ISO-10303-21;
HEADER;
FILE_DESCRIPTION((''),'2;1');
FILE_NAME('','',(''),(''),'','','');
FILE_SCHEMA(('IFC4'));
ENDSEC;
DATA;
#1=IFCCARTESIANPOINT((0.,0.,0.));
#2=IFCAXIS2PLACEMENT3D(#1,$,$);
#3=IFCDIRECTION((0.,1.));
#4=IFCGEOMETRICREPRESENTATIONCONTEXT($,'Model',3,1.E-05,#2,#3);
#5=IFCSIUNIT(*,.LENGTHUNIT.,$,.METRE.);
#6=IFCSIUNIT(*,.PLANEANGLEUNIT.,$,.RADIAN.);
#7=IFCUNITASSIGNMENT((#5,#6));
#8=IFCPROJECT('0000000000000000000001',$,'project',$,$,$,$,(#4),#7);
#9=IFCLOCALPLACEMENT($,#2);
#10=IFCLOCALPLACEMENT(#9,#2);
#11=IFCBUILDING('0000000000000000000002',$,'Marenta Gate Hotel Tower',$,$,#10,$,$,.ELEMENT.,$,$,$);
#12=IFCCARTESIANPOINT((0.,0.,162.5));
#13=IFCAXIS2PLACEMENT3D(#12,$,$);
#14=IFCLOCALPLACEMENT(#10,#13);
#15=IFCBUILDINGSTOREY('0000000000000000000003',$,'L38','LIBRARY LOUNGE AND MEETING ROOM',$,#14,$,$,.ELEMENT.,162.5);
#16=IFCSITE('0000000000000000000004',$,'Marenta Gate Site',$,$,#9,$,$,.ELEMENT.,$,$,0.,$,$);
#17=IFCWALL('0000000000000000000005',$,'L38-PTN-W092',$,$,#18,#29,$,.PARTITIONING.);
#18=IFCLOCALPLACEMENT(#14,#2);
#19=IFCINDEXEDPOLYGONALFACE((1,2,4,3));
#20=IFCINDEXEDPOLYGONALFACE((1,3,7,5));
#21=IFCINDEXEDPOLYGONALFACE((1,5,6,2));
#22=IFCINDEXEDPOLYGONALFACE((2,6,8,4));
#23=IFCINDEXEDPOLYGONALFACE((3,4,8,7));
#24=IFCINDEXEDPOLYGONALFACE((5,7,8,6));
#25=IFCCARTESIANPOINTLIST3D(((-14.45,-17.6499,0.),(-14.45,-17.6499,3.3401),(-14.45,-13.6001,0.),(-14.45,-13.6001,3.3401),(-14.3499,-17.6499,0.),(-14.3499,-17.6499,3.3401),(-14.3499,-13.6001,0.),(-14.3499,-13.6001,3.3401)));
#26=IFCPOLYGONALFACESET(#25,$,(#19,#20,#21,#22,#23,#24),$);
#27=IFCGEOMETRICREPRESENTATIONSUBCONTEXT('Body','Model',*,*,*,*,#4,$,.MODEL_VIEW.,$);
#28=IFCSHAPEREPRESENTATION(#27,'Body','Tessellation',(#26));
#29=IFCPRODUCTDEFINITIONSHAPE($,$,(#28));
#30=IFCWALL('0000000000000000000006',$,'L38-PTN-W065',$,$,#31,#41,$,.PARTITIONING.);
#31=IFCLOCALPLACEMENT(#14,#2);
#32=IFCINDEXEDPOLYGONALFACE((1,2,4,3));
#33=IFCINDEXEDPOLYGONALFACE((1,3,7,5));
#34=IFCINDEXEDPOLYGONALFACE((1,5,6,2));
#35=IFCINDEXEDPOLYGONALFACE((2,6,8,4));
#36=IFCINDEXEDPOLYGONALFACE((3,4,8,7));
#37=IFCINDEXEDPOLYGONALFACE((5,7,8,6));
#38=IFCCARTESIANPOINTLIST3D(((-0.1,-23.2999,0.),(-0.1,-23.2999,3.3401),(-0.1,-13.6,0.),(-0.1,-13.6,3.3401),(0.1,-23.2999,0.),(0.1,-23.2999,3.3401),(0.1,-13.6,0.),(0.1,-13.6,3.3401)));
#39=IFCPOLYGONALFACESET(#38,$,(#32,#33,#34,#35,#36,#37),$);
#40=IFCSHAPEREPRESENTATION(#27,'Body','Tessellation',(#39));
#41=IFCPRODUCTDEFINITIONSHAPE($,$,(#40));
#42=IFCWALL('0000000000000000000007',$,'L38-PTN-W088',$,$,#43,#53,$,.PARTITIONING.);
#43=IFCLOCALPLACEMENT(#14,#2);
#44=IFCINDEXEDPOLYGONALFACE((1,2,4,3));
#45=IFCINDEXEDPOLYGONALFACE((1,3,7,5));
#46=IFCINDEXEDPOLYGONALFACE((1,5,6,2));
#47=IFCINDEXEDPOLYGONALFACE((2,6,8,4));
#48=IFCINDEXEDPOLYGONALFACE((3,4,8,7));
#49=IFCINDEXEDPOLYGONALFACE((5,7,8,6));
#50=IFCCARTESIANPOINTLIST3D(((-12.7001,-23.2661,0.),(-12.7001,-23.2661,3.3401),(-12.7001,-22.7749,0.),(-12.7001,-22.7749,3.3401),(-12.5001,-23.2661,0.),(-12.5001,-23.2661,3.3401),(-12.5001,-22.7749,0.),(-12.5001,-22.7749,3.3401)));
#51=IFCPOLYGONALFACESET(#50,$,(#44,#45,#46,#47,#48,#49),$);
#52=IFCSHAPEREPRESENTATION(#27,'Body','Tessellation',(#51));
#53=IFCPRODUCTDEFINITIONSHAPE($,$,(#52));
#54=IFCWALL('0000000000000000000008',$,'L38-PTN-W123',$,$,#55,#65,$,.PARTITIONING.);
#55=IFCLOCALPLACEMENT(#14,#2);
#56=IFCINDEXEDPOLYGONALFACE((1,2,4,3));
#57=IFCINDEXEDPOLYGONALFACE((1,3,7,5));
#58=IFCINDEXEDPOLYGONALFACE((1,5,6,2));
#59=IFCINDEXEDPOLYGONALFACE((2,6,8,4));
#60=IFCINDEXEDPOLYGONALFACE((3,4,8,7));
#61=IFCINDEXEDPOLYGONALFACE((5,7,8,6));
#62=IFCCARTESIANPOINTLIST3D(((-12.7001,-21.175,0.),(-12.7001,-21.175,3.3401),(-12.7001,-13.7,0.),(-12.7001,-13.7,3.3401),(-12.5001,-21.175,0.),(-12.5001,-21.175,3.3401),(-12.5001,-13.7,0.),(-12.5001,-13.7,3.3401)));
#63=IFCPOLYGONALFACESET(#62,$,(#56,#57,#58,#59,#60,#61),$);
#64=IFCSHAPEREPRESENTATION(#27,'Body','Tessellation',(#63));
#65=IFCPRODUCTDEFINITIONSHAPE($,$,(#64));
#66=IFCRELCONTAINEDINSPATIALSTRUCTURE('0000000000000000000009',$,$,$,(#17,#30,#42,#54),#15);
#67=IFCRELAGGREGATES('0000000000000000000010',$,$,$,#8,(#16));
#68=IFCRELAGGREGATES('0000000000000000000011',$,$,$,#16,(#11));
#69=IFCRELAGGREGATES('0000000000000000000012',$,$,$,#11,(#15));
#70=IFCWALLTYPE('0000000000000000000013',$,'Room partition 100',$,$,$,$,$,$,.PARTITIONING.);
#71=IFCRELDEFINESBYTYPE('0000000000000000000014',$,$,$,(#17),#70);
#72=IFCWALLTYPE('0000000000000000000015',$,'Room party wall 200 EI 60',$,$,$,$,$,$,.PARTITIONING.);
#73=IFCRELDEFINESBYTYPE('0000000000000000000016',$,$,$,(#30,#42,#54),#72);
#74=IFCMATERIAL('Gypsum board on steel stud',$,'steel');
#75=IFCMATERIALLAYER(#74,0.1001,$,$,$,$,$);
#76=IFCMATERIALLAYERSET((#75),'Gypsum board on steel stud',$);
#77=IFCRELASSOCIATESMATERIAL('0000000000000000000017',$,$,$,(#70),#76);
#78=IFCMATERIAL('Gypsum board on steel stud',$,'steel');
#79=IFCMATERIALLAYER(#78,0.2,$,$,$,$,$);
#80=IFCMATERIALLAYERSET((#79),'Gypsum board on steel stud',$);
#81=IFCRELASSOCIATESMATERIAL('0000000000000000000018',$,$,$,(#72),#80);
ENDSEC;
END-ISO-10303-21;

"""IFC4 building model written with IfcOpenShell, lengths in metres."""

from ifc_helpers import new_model, si_unit, direction, frame, frame_2d, origin, place, context, subcontext, project, spatial, rectangle, extrude, material, layer, layer_set, type_object, element, save


model = new_model("IFC4")

# Units and contexts
model_context = context("Model", 3, precision=1e-05, world=origin(), true_north=direction((0.0, 1.0)))
body_context = subcontext(model_context, "Body", "Model", "MODEL_VIEW")
ifc_project = project(units=[si_unit("LENGTHUNIT", "METRE"), si_unit("PLANEANGLEUNIT", "RADIAN")], contexts=[model_context])

# Site, building, storey
site_placement = place(None, origin())
site = spatial("IfcSite", under=ifc_project, at=site_placement, Name="Marenta Gate Site", CompositionType="ELEMENT", RefElevation=0.0)
building_placement = place(site_placement, origin())
building = spatial("IfcBuilding", under=site, at=building_placement, Name="Marenta Gate Hotel Tower", CompositionType="ELEMENT")
storey_placement = place(building_placement, frame((0.0, 0.0, 162.5)))
storey = spatial("IfcBuildingStorey", under=building, at=storey_placement, Name="L38", Description="LIBRARY LOUNGE AND MEETING ROOM", CompositionType="ELEMENT", Elevation=162.5)

# Shared definitions
ifc_material_1 = material(Name="Gypsum board on steel stud", Category="steel")
ifc_layer_1 = layer(ifc_material_1, 0.1001)
ifc_layer_set_1 = layer_set([ifc_layer_1], Name="Gypsum board on steel stud")
wall_type_1 = type_object("IfcWallType", Name="Room partition 100", PredefinedType="PARTITIONING", material=ifc_layer_set_1)

# Walls
wall_1_placement = place(storey_placement, frame((-14.3999, -17.6499, 0.0), z_axis=(0.0, 0.0, 1.0), x_axis=(0.0, 1.0, 0.0)))
element("IfcWall", 1, at=wall_1_placement, inside=storey, type_object=wall_type_1, Name="L38-PTN-W092", PredefinedType="PARTITIONING", context=body_context, shape_type="SweptSolid", body=[
    extrude(rectangle(XDim=4.0498, YDim=0.1001, at=frame_2d((2.0249, 0.0))), origin(), (0.0, 0.0, 1.0), 3.3401),
])
ifc_material_2 = material(Name="Gypsum board on steel stud", Category="steel")
ifc_layer_2 = layer(ifc_material_2, 0.2)
ifc_layer_set_2 = layer_set([ifc_layer_2], Name="Gypsum board on steel stud")
wall_type_2 = type_object("IfcWallType", Name="Room party wall 200 EI 60", PredefinedType="PARTITIONING", material=ifc_layer_set_2)
wall_2_placement = place(storey_placement, frame((0.0, -23.3, 0.0), z_axis=(0.0, 0.0, 1.0), x_axis=(0.0, 1.0, 0.0)))
element("IfcWall", 2, at=wall_2_placement, inside=storey, type_object=wall_type_2, Name="L38-PTN-W065", PredefinedType="PARTITIONING", context=body_context, shape_type="SweptSolid", body=[
    extrude(rectangle(XDim=9.7, YDim=0.2, at=frame_2d((4.8501, 0.0))), origin(), (0.0, 0.0, 1.0), 3.3401),
])
wall_3_placement = place(storey_placement, frame((-12.6001, -23.2661, 0.0), z_axis=(0.0, 0.0, 1.0), x_axis=(0.0, 1.0, 0.0)))
element("IfcWall", 3, at=wall_3_placement, inside=storey, type_object=wall_type_2, Name="L38-PTN-W088", PredefinedType="PARTITIONING", context=body_context, shape_type="SweptSolid", body=[
    extrude(rectangle(XDim=0.4912, YDim=0.2, at=frame_2d((0.2456, 0.0))), origin(), (0.0, 0.0, 1.0), 3.3401),
])
wall_4_placement = place(storey_placement, frame((-12.6001, -21.175, 0.0), z_axis=(0.0, 0.0, 1.0), x_axis=(0.0, 1.0, 0.0)))
element("IfcWall", 4, at=wall_4_placement, inside=storey, type_object=wall_type_2, Name="L38-PTN-W123", PredefinedType="PARTITIONING", context=body_context, shape_type="SweptSolid", body=[
    extrude(rectangle(XDim=7.4751, YDim=0.2, at=frame_2d((3.7375, 0.0))), origin(), (0.0, 0.0, 1.0), 3.3401),
])

save(model, "model.ifc")
